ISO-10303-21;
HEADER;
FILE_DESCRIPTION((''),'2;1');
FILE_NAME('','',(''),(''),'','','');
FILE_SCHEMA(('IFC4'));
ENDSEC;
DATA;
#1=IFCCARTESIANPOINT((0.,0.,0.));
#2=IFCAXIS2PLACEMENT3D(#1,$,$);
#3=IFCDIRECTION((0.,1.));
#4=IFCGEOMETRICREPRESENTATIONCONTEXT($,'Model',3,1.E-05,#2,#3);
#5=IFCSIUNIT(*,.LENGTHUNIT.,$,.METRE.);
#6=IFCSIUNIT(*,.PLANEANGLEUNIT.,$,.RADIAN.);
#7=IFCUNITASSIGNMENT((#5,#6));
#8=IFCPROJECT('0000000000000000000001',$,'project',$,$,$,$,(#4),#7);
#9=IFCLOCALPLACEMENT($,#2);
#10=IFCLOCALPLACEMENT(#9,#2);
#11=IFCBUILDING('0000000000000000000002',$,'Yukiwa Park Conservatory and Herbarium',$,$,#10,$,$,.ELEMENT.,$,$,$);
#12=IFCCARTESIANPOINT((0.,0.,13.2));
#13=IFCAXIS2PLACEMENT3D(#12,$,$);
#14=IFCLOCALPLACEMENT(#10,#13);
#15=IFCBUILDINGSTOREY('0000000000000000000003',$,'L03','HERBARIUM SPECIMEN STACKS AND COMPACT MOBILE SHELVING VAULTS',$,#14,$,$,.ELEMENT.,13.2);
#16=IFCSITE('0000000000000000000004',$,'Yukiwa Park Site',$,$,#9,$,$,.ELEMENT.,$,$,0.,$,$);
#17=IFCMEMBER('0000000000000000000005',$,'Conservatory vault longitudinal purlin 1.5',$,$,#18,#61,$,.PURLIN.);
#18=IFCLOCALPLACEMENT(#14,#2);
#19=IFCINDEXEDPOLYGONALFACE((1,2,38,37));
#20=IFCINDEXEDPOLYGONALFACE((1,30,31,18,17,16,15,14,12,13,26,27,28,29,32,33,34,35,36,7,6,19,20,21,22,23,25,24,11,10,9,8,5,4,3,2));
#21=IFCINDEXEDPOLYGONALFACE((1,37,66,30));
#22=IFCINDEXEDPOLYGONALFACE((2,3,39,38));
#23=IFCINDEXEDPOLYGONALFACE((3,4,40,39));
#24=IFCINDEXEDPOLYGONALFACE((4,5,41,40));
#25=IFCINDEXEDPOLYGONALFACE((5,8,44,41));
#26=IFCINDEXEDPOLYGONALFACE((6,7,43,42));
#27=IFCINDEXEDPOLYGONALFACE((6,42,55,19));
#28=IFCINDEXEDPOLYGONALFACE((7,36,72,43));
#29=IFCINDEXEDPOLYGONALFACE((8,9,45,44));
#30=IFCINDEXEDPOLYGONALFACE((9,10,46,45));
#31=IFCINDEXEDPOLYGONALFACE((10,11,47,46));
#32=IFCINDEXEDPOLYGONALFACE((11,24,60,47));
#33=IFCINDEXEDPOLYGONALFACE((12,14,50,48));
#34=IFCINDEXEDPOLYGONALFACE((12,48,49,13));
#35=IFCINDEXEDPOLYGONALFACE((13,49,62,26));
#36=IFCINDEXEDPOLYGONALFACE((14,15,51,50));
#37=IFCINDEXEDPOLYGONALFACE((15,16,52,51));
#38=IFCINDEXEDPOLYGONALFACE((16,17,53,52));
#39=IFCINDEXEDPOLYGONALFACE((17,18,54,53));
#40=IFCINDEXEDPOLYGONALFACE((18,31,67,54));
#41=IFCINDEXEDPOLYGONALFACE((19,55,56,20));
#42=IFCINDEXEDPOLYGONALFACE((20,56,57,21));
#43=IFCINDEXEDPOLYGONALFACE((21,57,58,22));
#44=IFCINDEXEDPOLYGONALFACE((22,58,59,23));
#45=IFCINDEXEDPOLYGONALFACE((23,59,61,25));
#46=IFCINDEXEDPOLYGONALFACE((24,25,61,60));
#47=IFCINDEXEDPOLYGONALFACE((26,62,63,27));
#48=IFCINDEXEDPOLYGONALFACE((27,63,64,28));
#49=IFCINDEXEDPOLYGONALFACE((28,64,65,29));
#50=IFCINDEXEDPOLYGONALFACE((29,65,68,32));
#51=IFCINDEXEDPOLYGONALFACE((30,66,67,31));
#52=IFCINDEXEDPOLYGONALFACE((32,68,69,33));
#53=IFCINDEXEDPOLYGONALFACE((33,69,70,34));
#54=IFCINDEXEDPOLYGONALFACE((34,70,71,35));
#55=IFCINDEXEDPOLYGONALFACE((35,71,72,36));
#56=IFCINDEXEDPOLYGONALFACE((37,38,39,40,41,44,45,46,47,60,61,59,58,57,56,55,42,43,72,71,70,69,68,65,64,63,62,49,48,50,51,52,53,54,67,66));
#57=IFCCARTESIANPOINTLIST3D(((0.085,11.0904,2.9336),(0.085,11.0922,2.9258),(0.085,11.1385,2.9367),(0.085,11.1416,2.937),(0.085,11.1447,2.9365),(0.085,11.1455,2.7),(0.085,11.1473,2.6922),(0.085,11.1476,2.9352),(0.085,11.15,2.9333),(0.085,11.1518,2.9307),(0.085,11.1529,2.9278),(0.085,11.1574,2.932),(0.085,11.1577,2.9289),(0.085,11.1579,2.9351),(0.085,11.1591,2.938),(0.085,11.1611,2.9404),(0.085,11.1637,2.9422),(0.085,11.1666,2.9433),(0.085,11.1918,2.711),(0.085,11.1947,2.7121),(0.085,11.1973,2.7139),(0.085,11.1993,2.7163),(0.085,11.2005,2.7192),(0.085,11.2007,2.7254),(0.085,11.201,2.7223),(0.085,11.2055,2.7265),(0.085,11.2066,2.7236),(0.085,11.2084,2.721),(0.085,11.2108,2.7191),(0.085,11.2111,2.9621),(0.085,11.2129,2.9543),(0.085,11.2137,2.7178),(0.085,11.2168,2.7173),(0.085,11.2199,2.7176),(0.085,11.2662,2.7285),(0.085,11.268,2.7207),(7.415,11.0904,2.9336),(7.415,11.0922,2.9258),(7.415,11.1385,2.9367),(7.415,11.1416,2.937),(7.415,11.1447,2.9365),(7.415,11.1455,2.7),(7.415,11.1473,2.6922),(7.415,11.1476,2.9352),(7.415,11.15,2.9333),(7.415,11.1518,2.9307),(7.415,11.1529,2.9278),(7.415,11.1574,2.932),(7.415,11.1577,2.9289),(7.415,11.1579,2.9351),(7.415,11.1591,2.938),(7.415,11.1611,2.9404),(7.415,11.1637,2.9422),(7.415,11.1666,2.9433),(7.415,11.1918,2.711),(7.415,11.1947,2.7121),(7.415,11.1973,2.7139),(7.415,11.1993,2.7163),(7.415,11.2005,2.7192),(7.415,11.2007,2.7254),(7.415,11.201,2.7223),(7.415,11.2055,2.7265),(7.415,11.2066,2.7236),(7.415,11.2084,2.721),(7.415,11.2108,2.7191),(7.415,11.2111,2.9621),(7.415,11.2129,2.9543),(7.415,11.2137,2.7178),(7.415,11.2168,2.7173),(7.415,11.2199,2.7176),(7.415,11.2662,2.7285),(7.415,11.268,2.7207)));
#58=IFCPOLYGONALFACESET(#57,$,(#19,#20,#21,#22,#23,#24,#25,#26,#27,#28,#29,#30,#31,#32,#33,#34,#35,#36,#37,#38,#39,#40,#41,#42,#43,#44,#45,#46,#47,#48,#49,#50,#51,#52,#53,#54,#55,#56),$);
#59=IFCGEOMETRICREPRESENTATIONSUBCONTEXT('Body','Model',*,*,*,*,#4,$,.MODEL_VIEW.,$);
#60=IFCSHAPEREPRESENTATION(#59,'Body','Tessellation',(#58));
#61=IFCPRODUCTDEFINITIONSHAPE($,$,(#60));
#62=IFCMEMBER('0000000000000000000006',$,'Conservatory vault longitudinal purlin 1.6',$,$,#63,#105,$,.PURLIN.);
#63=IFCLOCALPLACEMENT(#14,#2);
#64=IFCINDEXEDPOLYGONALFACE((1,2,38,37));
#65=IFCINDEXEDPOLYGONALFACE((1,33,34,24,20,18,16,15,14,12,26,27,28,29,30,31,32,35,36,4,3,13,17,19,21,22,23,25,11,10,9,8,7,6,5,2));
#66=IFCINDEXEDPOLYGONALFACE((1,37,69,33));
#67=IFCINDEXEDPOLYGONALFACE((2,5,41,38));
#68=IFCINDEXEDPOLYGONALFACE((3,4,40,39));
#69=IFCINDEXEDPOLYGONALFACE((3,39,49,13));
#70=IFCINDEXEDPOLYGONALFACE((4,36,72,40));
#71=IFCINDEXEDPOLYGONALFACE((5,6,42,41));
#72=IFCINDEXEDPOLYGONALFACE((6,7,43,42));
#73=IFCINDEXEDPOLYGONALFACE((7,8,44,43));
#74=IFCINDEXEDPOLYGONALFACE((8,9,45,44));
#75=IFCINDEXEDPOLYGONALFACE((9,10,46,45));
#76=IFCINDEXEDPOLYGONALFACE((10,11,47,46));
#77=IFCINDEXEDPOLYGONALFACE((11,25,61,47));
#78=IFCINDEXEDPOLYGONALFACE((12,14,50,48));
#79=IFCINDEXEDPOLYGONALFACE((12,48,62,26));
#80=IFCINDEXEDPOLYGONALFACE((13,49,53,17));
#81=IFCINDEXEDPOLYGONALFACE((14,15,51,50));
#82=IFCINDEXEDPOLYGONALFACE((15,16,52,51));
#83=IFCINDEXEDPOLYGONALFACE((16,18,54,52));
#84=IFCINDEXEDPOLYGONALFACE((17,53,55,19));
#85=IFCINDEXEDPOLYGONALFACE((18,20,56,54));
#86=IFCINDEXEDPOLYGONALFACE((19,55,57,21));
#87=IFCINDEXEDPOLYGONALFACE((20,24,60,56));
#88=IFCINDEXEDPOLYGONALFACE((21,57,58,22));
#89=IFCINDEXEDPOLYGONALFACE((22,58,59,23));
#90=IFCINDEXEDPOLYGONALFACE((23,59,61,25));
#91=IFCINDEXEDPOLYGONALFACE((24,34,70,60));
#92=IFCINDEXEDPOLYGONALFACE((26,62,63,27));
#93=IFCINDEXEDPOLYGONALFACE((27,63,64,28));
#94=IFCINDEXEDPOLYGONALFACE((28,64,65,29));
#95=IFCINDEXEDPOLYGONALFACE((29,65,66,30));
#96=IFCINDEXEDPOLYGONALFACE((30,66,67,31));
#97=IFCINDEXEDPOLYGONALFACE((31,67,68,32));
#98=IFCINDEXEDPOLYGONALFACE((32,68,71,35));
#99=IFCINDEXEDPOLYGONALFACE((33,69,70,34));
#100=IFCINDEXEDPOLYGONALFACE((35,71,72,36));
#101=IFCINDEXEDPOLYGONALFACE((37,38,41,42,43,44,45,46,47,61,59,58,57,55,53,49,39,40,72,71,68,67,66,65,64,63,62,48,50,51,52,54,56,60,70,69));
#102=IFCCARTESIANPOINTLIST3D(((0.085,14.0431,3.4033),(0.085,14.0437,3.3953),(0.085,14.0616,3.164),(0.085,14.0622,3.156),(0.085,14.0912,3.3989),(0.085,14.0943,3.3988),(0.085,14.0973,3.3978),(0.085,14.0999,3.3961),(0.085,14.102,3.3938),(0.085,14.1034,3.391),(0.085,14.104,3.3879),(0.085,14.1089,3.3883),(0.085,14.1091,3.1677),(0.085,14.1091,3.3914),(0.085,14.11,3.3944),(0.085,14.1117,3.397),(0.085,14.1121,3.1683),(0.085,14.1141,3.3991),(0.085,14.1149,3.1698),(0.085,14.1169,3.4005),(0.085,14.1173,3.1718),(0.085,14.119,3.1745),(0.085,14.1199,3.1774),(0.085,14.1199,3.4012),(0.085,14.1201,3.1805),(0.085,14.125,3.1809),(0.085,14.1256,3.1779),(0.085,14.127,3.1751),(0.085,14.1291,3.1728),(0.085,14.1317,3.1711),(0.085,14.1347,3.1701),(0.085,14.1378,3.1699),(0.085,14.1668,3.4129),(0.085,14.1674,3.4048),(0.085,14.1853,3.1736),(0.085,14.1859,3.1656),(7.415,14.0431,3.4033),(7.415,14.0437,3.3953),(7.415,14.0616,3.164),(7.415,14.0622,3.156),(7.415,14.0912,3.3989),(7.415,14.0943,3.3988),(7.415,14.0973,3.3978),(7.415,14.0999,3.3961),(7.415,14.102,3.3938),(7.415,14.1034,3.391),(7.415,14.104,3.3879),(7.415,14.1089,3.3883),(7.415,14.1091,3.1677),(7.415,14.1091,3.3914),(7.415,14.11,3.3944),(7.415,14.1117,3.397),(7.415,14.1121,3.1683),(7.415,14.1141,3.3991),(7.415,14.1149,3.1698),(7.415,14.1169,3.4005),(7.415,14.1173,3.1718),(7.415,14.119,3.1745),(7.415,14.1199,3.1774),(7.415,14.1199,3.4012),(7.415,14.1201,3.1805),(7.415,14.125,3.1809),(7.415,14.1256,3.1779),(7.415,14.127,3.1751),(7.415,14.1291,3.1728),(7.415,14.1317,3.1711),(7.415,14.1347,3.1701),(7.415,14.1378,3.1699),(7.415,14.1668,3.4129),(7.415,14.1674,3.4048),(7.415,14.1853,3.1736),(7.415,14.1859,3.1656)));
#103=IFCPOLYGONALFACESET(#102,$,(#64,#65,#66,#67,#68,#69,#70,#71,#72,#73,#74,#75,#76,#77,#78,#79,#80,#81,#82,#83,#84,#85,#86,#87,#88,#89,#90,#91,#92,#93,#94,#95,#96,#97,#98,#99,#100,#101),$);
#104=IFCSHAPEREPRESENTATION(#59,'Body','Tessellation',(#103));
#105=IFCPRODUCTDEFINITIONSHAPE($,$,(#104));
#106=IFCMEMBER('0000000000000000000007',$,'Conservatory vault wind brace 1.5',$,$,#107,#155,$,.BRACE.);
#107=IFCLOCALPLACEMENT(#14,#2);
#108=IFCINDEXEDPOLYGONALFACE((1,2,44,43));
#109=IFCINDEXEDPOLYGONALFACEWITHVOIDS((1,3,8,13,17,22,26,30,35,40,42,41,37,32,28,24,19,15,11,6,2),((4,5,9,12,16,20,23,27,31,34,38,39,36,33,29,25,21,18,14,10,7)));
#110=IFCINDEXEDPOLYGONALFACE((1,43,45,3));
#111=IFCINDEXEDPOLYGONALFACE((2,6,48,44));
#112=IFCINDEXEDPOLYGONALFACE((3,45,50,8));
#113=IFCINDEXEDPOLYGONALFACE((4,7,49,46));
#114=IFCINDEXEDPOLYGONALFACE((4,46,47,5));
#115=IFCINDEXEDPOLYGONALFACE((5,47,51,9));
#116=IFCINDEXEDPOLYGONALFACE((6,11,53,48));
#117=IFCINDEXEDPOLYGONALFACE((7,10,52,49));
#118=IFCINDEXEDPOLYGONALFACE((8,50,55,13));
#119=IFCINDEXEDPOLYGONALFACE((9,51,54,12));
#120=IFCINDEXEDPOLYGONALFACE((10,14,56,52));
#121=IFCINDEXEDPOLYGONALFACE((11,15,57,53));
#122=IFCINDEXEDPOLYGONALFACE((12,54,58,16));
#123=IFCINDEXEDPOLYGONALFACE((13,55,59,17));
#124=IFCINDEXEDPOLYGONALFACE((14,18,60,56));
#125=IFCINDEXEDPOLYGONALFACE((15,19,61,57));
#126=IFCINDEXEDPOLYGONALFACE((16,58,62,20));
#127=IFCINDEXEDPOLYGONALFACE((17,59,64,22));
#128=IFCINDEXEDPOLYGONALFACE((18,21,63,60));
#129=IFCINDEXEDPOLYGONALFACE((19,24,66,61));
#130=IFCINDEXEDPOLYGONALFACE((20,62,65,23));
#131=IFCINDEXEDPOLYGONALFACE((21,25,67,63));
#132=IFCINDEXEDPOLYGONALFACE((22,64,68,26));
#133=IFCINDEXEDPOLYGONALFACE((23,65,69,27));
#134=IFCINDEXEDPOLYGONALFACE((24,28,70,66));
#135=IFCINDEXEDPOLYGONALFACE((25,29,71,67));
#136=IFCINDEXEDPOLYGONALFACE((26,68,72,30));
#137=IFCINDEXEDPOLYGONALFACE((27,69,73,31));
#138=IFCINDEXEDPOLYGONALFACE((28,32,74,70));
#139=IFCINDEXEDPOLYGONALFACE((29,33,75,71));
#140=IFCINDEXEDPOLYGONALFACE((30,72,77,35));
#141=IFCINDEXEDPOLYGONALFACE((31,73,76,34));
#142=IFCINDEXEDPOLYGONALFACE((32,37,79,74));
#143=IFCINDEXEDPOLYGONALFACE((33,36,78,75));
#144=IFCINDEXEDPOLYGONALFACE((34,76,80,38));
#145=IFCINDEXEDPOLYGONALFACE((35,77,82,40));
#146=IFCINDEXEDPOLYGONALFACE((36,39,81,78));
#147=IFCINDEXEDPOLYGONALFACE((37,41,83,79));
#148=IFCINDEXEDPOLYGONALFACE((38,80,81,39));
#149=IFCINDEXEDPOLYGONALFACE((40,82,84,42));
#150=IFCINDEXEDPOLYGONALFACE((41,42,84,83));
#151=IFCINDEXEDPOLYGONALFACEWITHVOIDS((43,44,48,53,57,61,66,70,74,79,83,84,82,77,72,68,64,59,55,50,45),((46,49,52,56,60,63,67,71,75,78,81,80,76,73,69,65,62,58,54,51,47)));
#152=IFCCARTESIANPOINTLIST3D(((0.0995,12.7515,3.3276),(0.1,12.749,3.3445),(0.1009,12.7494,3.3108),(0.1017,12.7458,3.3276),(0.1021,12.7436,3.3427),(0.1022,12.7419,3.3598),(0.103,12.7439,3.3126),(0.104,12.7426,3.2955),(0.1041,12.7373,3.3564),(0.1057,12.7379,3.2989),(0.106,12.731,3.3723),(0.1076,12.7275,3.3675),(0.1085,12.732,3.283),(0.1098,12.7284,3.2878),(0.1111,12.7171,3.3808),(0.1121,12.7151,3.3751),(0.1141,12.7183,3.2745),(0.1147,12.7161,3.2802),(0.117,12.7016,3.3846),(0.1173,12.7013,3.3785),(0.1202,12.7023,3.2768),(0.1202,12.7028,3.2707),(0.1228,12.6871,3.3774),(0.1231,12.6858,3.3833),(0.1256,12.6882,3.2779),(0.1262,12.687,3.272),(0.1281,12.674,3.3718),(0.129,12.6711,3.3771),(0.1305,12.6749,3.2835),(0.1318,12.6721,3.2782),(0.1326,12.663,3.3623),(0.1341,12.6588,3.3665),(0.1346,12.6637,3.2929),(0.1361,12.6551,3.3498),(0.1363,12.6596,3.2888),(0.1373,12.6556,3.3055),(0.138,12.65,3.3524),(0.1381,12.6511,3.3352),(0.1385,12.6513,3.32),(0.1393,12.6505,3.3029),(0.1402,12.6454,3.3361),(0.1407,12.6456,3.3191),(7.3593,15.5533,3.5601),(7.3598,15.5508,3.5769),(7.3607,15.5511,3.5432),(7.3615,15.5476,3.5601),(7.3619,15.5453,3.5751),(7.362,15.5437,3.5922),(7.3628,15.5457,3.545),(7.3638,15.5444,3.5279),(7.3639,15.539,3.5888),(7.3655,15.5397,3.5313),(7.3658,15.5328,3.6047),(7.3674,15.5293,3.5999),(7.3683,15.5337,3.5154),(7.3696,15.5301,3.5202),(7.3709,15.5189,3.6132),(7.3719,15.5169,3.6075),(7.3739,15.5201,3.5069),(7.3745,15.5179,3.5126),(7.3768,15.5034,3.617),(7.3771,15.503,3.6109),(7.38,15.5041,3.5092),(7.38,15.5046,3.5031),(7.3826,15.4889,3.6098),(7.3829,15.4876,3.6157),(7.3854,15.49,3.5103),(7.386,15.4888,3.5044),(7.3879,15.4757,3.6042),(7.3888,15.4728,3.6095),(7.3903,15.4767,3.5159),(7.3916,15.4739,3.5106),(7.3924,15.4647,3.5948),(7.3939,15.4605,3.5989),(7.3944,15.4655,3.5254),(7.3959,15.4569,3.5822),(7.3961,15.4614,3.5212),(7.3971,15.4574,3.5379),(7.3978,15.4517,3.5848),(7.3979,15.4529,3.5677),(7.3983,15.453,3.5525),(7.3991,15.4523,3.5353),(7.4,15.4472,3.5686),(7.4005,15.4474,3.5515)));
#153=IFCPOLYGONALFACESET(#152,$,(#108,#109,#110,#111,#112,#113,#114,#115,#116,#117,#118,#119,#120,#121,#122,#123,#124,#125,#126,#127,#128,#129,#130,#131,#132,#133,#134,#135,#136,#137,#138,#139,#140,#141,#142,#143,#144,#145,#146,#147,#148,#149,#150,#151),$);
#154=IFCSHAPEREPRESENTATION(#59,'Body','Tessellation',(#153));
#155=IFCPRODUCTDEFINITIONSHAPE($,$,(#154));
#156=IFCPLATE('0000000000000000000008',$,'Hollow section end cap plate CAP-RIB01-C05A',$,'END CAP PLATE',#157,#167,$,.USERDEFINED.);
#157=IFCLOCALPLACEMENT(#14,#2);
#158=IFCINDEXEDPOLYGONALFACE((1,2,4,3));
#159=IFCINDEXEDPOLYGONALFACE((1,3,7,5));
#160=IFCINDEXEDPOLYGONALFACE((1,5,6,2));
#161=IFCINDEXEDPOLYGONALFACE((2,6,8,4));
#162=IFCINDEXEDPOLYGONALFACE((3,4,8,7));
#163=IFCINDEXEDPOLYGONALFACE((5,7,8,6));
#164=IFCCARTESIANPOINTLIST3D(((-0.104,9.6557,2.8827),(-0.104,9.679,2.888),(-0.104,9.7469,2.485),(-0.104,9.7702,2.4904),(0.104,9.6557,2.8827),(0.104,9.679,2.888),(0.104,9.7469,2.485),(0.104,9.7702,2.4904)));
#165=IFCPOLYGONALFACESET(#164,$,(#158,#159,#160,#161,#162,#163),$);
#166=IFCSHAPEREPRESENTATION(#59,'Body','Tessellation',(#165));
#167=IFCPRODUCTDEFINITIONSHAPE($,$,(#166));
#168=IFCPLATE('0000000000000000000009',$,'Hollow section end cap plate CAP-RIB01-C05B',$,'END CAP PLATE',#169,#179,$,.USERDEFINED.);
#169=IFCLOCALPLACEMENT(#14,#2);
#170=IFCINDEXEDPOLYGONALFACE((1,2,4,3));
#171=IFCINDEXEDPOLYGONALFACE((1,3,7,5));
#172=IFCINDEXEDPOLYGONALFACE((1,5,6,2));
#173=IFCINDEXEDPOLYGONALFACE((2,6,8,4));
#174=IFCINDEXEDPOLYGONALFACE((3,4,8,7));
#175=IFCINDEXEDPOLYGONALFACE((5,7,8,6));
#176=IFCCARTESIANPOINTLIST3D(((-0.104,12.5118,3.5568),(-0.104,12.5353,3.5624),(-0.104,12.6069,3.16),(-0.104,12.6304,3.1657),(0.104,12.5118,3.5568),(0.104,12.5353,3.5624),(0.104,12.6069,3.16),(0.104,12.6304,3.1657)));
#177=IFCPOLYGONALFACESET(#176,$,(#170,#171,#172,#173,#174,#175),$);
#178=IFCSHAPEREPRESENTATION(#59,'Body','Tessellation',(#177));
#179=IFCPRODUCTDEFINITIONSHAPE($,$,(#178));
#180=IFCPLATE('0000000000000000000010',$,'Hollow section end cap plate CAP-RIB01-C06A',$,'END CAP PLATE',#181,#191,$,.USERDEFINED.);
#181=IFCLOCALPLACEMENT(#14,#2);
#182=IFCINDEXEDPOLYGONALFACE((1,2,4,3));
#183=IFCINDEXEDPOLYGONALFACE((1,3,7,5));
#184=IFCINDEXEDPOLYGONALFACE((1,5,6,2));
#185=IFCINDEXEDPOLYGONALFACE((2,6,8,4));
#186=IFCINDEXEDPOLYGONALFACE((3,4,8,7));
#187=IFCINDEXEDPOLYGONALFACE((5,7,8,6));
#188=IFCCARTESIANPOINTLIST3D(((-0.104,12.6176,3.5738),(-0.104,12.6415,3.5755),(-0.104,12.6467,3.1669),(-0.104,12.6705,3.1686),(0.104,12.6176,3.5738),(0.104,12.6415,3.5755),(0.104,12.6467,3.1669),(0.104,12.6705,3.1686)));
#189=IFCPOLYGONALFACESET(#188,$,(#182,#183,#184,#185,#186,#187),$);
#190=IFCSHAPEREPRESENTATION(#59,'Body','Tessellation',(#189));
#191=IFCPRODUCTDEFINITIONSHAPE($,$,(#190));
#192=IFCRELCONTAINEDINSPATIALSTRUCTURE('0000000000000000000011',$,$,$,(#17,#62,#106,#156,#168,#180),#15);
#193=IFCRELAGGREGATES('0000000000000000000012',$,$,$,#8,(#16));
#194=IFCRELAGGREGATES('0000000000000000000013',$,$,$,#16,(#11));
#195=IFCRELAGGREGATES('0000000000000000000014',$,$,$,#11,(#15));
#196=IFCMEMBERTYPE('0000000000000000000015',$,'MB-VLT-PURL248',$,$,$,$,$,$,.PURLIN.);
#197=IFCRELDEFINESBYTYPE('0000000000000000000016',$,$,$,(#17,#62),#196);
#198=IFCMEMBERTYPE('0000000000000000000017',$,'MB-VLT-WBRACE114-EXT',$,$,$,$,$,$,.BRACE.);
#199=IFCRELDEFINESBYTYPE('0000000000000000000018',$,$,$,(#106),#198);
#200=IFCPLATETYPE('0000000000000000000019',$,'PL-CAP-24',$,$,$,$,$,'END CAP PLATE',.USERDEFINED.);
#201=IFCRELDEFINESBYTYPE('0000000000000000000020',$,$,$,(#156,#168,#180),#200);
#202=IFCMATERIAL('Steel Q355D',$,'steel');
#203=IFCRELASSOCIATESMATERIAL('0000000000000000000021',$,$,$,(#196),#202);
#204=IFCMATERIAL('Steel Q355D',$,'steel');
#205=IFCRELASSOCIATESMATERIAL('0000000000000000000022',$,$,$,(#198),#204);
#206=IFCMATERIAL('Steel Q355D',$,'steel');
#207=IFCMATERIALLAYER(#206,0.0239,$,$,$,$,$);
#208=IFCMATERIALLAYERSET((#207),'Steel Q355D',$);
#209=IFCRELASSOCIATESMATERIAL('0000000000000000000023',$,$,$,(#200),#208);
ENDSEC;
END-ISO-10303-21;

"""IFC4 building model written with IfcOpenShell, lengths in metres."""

from ifc_helpers import new_model, si_unit, direction, frame, origin, origin_2d, place, context, subcontext, project, spatial, rectangle, hollow_circle, i_section, extrude, material, layer, layer_set, material_profile, profile_set, type_object, element, save


model = new_model("IFC4")

# Units and contexts
model_context = context("Model", 3, precision=1e-05, world=origin(), true_north=direction((0.0, 1.0)))
body_context = subcontext(model_context, "Body", "Model", "MODEL_VIEW")
ifc_project = project(units=[si_unit("LENGTHUNIT", "METRE"), si_unit("PLANEANGLEUNIT", "RADIAN")], contexts=[model_context])

# Site, building, storey
site_placement = place(None, origin())
site = spatial("IfcSite", under=ifc_project, at=site_placement, Name="Yukiwa Park Site", CompositionType="ELEMENT", RefElevation=0.0)
building_placement = place(site_placement, origin())
building = spatial("IfcBuilding", under=site, at=building_placement, Name="Yukiwa Park Conservatory and Herbarium", CompositionType="ELEMENT")
storey_placement = place(building_placement, frame((0.0, 0.0, 13.2)))
storey = spatial("IfcBuildingStorey", under=building, at=storey_placement, Name="L03", Description="HERBARIUM SPECIMEN STACKS AND COMPACT MOBILE SHELVING VAULTS", CompositionType="ELEMENT", Elevation=13.2)

# Members
ifc_material_1 = material(Name="Steel Q355D", Category="steel")
ifc_material_profile_1 = material_profile(ifc_material_1, i_section(OverallWidth=0.124, OverallDepth=0.248, WebThickness=0.0049, FlangeThickness=0.0081, FilletRadius=0.012, at=origin_2d()), Name="HN 248x124x5x8")
ifc_profile_set_1 = profile_set([ifc_material_profile_1], Name="Steel Q355D")
member_type_1 = type_object("IfcMemberType", Name="MB-VLT-PURL248", PredefinedType="PURLIN", material=ifc_profile_set_1)
for number, where, z_axis, x_axis, name in (
    (1, (0.085, 11.1792, 2.8271), (1.0, 0.0, 0.0), (0.0, 0.973249, 0.229752), "Conservatory vault longitudinal purlin 1.5"),
    (2, (0.085, 14.1145, 3.2844), (1.0, 0.0, 0.0), (0.0, 0.997016, 0.077198), "Conservatory vault longitudinal purlin 1.6"),
):
    element("IfcMember", number, at=place(storey_placement, frame(where, z_axis=z_axis, x_axis=x_axis)), inside=storey, type_object=member_type_1, Name=name, PredefinedType="PURLIN", context=body_context, shape_type="SweptSolid", body=[
        extrude(i_section(OverallWidth=0.124, OverallDepth=0.248, WebThickness=0.0049, FlangeThickness=0.0081, FilletRadius=0.012, at=origin_2d()), origin(), (0.0, 0.0, 1.0), 7.3301),
    ])
ifc_material_2 = material(Name="Steel Q355D", Category="steel")
ifc_material_profile_2 = material_profile(ifc_material_2, hollow_circle(Radius=0.0571, WallThickness=0.0061, at=origin_2d()), Name="CHS 114.3x6")
ifc_profile_set_2 = profile_set([ifc_material_profile_2], Name="Steel Q355D")
member_type_2 = type_object("IfcMemberType", Name="MB-VLT-WBRACE114-EXT", PredefinedType="BRACE", material=ifc_profile_set_2)
member_placement = place(storey_placement, frame((0.1201, 12.6982, 3.3276), z_axis=(0.932518, 0.359886, 0.029855), x_axis=(-0.360047, 0.932934, 0.0)))
element("IfcMember", 3, at=member_placement, inside=storey, type_object=member_type_2, Name="Conservatory vault wind brace 1.5", PredefinedType="BRACE", context=body_context, shape_type="SweptSolid", body=[
    extrude(hollow_circle(Radius=0.0571, WallThickness=0.0061, at=origin_2d()), origin(), (0.0, 0.0, 1.0), 7.7852),
])

# Plates
ifc_material_3 = material(Name="Steel Q355D", Category="steel")
ifc_layer_1 = layer(ifc_material_3, 0.0239)
ifc_layer_set_1 = layer_set([ifc_layer_1], Name="Steel Q355D")
plate_type_1 = type_object("IfcPlateType", Name="PL-CAP-24", ElementType="END CAP PLATE", PredefinedType="USERDEFINED", material=ifc_layer_set_1)
plate_1_placement = place(storey_placement, frame((0.0, 9.7246, 2.6892), z_axis=(0.0, -0.974732, -0.223376), x_axis=(1.0, 0.0, 0.0)))
element("IfcPlate", 4, at=plate_1_placement, inside=storey, type_object=plate_type_1, Name="Hollow section end cap plate CAP-RIB01-C05A", ObjectType="END CAP PLATE", PredefinedType="USERDEFINED", context=body_context, shape_type="SweptSolid", body=[
    extrude(rectangle(XDim=0.208, YDim=0.408, at=origin_2d()), origin(), (0.0, 0.0, 1.0), 0.0239),
])
plate_2_placement = place(storey_placement, frame((0.0, 12.5593, 3.3584), z_axis=(0.0, 0.972479, 0.23299), x_axis=(-1.0, 0.0, 0.0)))
element("IfcPlate", 5, at=plate_2_placement, inside=storey, type_object=plate_type_1, Name="Hollow section end cap plate CAP-RIB01-C05B", ObjectType="END CAP PLATE", PredefinedType="USERDEFINED", context=body_context, shape_type="SweptSolid", body=[
    extrude(rectangle(XDim=0.208, YDim=0.408, at=origin_2d()), origin(), (0.0, 0.0, 1.0), 0.0242),
])
for number, where, z_axis, x_axis, name in (
    (6, (0.0, 12.656, 3.3721), (0.0, -0.997459, -0.071247), (1.0, 0.0, 0.0), "Hollow section end cap plate CAP-RIB01-C06A"),
):
    element("IfcPlate", number, at=place(storey_placement, frame(where, z_axis=z_axis, x_axis=x_axis)), inside=storey, type_object=plate_type_1, Name=name, ObjectType="END CAP PLATE", PredefinedType="USERDEFINED", context=body_context, shape_type="SweptSolid", body=[
        extrude(rectangle(XDim=0.208, YDim=0.408, at=origin_2d()), origin(), (0.0, 0.0, 1.0), 0.0239),
    ])

save(model, "model.ifc")
